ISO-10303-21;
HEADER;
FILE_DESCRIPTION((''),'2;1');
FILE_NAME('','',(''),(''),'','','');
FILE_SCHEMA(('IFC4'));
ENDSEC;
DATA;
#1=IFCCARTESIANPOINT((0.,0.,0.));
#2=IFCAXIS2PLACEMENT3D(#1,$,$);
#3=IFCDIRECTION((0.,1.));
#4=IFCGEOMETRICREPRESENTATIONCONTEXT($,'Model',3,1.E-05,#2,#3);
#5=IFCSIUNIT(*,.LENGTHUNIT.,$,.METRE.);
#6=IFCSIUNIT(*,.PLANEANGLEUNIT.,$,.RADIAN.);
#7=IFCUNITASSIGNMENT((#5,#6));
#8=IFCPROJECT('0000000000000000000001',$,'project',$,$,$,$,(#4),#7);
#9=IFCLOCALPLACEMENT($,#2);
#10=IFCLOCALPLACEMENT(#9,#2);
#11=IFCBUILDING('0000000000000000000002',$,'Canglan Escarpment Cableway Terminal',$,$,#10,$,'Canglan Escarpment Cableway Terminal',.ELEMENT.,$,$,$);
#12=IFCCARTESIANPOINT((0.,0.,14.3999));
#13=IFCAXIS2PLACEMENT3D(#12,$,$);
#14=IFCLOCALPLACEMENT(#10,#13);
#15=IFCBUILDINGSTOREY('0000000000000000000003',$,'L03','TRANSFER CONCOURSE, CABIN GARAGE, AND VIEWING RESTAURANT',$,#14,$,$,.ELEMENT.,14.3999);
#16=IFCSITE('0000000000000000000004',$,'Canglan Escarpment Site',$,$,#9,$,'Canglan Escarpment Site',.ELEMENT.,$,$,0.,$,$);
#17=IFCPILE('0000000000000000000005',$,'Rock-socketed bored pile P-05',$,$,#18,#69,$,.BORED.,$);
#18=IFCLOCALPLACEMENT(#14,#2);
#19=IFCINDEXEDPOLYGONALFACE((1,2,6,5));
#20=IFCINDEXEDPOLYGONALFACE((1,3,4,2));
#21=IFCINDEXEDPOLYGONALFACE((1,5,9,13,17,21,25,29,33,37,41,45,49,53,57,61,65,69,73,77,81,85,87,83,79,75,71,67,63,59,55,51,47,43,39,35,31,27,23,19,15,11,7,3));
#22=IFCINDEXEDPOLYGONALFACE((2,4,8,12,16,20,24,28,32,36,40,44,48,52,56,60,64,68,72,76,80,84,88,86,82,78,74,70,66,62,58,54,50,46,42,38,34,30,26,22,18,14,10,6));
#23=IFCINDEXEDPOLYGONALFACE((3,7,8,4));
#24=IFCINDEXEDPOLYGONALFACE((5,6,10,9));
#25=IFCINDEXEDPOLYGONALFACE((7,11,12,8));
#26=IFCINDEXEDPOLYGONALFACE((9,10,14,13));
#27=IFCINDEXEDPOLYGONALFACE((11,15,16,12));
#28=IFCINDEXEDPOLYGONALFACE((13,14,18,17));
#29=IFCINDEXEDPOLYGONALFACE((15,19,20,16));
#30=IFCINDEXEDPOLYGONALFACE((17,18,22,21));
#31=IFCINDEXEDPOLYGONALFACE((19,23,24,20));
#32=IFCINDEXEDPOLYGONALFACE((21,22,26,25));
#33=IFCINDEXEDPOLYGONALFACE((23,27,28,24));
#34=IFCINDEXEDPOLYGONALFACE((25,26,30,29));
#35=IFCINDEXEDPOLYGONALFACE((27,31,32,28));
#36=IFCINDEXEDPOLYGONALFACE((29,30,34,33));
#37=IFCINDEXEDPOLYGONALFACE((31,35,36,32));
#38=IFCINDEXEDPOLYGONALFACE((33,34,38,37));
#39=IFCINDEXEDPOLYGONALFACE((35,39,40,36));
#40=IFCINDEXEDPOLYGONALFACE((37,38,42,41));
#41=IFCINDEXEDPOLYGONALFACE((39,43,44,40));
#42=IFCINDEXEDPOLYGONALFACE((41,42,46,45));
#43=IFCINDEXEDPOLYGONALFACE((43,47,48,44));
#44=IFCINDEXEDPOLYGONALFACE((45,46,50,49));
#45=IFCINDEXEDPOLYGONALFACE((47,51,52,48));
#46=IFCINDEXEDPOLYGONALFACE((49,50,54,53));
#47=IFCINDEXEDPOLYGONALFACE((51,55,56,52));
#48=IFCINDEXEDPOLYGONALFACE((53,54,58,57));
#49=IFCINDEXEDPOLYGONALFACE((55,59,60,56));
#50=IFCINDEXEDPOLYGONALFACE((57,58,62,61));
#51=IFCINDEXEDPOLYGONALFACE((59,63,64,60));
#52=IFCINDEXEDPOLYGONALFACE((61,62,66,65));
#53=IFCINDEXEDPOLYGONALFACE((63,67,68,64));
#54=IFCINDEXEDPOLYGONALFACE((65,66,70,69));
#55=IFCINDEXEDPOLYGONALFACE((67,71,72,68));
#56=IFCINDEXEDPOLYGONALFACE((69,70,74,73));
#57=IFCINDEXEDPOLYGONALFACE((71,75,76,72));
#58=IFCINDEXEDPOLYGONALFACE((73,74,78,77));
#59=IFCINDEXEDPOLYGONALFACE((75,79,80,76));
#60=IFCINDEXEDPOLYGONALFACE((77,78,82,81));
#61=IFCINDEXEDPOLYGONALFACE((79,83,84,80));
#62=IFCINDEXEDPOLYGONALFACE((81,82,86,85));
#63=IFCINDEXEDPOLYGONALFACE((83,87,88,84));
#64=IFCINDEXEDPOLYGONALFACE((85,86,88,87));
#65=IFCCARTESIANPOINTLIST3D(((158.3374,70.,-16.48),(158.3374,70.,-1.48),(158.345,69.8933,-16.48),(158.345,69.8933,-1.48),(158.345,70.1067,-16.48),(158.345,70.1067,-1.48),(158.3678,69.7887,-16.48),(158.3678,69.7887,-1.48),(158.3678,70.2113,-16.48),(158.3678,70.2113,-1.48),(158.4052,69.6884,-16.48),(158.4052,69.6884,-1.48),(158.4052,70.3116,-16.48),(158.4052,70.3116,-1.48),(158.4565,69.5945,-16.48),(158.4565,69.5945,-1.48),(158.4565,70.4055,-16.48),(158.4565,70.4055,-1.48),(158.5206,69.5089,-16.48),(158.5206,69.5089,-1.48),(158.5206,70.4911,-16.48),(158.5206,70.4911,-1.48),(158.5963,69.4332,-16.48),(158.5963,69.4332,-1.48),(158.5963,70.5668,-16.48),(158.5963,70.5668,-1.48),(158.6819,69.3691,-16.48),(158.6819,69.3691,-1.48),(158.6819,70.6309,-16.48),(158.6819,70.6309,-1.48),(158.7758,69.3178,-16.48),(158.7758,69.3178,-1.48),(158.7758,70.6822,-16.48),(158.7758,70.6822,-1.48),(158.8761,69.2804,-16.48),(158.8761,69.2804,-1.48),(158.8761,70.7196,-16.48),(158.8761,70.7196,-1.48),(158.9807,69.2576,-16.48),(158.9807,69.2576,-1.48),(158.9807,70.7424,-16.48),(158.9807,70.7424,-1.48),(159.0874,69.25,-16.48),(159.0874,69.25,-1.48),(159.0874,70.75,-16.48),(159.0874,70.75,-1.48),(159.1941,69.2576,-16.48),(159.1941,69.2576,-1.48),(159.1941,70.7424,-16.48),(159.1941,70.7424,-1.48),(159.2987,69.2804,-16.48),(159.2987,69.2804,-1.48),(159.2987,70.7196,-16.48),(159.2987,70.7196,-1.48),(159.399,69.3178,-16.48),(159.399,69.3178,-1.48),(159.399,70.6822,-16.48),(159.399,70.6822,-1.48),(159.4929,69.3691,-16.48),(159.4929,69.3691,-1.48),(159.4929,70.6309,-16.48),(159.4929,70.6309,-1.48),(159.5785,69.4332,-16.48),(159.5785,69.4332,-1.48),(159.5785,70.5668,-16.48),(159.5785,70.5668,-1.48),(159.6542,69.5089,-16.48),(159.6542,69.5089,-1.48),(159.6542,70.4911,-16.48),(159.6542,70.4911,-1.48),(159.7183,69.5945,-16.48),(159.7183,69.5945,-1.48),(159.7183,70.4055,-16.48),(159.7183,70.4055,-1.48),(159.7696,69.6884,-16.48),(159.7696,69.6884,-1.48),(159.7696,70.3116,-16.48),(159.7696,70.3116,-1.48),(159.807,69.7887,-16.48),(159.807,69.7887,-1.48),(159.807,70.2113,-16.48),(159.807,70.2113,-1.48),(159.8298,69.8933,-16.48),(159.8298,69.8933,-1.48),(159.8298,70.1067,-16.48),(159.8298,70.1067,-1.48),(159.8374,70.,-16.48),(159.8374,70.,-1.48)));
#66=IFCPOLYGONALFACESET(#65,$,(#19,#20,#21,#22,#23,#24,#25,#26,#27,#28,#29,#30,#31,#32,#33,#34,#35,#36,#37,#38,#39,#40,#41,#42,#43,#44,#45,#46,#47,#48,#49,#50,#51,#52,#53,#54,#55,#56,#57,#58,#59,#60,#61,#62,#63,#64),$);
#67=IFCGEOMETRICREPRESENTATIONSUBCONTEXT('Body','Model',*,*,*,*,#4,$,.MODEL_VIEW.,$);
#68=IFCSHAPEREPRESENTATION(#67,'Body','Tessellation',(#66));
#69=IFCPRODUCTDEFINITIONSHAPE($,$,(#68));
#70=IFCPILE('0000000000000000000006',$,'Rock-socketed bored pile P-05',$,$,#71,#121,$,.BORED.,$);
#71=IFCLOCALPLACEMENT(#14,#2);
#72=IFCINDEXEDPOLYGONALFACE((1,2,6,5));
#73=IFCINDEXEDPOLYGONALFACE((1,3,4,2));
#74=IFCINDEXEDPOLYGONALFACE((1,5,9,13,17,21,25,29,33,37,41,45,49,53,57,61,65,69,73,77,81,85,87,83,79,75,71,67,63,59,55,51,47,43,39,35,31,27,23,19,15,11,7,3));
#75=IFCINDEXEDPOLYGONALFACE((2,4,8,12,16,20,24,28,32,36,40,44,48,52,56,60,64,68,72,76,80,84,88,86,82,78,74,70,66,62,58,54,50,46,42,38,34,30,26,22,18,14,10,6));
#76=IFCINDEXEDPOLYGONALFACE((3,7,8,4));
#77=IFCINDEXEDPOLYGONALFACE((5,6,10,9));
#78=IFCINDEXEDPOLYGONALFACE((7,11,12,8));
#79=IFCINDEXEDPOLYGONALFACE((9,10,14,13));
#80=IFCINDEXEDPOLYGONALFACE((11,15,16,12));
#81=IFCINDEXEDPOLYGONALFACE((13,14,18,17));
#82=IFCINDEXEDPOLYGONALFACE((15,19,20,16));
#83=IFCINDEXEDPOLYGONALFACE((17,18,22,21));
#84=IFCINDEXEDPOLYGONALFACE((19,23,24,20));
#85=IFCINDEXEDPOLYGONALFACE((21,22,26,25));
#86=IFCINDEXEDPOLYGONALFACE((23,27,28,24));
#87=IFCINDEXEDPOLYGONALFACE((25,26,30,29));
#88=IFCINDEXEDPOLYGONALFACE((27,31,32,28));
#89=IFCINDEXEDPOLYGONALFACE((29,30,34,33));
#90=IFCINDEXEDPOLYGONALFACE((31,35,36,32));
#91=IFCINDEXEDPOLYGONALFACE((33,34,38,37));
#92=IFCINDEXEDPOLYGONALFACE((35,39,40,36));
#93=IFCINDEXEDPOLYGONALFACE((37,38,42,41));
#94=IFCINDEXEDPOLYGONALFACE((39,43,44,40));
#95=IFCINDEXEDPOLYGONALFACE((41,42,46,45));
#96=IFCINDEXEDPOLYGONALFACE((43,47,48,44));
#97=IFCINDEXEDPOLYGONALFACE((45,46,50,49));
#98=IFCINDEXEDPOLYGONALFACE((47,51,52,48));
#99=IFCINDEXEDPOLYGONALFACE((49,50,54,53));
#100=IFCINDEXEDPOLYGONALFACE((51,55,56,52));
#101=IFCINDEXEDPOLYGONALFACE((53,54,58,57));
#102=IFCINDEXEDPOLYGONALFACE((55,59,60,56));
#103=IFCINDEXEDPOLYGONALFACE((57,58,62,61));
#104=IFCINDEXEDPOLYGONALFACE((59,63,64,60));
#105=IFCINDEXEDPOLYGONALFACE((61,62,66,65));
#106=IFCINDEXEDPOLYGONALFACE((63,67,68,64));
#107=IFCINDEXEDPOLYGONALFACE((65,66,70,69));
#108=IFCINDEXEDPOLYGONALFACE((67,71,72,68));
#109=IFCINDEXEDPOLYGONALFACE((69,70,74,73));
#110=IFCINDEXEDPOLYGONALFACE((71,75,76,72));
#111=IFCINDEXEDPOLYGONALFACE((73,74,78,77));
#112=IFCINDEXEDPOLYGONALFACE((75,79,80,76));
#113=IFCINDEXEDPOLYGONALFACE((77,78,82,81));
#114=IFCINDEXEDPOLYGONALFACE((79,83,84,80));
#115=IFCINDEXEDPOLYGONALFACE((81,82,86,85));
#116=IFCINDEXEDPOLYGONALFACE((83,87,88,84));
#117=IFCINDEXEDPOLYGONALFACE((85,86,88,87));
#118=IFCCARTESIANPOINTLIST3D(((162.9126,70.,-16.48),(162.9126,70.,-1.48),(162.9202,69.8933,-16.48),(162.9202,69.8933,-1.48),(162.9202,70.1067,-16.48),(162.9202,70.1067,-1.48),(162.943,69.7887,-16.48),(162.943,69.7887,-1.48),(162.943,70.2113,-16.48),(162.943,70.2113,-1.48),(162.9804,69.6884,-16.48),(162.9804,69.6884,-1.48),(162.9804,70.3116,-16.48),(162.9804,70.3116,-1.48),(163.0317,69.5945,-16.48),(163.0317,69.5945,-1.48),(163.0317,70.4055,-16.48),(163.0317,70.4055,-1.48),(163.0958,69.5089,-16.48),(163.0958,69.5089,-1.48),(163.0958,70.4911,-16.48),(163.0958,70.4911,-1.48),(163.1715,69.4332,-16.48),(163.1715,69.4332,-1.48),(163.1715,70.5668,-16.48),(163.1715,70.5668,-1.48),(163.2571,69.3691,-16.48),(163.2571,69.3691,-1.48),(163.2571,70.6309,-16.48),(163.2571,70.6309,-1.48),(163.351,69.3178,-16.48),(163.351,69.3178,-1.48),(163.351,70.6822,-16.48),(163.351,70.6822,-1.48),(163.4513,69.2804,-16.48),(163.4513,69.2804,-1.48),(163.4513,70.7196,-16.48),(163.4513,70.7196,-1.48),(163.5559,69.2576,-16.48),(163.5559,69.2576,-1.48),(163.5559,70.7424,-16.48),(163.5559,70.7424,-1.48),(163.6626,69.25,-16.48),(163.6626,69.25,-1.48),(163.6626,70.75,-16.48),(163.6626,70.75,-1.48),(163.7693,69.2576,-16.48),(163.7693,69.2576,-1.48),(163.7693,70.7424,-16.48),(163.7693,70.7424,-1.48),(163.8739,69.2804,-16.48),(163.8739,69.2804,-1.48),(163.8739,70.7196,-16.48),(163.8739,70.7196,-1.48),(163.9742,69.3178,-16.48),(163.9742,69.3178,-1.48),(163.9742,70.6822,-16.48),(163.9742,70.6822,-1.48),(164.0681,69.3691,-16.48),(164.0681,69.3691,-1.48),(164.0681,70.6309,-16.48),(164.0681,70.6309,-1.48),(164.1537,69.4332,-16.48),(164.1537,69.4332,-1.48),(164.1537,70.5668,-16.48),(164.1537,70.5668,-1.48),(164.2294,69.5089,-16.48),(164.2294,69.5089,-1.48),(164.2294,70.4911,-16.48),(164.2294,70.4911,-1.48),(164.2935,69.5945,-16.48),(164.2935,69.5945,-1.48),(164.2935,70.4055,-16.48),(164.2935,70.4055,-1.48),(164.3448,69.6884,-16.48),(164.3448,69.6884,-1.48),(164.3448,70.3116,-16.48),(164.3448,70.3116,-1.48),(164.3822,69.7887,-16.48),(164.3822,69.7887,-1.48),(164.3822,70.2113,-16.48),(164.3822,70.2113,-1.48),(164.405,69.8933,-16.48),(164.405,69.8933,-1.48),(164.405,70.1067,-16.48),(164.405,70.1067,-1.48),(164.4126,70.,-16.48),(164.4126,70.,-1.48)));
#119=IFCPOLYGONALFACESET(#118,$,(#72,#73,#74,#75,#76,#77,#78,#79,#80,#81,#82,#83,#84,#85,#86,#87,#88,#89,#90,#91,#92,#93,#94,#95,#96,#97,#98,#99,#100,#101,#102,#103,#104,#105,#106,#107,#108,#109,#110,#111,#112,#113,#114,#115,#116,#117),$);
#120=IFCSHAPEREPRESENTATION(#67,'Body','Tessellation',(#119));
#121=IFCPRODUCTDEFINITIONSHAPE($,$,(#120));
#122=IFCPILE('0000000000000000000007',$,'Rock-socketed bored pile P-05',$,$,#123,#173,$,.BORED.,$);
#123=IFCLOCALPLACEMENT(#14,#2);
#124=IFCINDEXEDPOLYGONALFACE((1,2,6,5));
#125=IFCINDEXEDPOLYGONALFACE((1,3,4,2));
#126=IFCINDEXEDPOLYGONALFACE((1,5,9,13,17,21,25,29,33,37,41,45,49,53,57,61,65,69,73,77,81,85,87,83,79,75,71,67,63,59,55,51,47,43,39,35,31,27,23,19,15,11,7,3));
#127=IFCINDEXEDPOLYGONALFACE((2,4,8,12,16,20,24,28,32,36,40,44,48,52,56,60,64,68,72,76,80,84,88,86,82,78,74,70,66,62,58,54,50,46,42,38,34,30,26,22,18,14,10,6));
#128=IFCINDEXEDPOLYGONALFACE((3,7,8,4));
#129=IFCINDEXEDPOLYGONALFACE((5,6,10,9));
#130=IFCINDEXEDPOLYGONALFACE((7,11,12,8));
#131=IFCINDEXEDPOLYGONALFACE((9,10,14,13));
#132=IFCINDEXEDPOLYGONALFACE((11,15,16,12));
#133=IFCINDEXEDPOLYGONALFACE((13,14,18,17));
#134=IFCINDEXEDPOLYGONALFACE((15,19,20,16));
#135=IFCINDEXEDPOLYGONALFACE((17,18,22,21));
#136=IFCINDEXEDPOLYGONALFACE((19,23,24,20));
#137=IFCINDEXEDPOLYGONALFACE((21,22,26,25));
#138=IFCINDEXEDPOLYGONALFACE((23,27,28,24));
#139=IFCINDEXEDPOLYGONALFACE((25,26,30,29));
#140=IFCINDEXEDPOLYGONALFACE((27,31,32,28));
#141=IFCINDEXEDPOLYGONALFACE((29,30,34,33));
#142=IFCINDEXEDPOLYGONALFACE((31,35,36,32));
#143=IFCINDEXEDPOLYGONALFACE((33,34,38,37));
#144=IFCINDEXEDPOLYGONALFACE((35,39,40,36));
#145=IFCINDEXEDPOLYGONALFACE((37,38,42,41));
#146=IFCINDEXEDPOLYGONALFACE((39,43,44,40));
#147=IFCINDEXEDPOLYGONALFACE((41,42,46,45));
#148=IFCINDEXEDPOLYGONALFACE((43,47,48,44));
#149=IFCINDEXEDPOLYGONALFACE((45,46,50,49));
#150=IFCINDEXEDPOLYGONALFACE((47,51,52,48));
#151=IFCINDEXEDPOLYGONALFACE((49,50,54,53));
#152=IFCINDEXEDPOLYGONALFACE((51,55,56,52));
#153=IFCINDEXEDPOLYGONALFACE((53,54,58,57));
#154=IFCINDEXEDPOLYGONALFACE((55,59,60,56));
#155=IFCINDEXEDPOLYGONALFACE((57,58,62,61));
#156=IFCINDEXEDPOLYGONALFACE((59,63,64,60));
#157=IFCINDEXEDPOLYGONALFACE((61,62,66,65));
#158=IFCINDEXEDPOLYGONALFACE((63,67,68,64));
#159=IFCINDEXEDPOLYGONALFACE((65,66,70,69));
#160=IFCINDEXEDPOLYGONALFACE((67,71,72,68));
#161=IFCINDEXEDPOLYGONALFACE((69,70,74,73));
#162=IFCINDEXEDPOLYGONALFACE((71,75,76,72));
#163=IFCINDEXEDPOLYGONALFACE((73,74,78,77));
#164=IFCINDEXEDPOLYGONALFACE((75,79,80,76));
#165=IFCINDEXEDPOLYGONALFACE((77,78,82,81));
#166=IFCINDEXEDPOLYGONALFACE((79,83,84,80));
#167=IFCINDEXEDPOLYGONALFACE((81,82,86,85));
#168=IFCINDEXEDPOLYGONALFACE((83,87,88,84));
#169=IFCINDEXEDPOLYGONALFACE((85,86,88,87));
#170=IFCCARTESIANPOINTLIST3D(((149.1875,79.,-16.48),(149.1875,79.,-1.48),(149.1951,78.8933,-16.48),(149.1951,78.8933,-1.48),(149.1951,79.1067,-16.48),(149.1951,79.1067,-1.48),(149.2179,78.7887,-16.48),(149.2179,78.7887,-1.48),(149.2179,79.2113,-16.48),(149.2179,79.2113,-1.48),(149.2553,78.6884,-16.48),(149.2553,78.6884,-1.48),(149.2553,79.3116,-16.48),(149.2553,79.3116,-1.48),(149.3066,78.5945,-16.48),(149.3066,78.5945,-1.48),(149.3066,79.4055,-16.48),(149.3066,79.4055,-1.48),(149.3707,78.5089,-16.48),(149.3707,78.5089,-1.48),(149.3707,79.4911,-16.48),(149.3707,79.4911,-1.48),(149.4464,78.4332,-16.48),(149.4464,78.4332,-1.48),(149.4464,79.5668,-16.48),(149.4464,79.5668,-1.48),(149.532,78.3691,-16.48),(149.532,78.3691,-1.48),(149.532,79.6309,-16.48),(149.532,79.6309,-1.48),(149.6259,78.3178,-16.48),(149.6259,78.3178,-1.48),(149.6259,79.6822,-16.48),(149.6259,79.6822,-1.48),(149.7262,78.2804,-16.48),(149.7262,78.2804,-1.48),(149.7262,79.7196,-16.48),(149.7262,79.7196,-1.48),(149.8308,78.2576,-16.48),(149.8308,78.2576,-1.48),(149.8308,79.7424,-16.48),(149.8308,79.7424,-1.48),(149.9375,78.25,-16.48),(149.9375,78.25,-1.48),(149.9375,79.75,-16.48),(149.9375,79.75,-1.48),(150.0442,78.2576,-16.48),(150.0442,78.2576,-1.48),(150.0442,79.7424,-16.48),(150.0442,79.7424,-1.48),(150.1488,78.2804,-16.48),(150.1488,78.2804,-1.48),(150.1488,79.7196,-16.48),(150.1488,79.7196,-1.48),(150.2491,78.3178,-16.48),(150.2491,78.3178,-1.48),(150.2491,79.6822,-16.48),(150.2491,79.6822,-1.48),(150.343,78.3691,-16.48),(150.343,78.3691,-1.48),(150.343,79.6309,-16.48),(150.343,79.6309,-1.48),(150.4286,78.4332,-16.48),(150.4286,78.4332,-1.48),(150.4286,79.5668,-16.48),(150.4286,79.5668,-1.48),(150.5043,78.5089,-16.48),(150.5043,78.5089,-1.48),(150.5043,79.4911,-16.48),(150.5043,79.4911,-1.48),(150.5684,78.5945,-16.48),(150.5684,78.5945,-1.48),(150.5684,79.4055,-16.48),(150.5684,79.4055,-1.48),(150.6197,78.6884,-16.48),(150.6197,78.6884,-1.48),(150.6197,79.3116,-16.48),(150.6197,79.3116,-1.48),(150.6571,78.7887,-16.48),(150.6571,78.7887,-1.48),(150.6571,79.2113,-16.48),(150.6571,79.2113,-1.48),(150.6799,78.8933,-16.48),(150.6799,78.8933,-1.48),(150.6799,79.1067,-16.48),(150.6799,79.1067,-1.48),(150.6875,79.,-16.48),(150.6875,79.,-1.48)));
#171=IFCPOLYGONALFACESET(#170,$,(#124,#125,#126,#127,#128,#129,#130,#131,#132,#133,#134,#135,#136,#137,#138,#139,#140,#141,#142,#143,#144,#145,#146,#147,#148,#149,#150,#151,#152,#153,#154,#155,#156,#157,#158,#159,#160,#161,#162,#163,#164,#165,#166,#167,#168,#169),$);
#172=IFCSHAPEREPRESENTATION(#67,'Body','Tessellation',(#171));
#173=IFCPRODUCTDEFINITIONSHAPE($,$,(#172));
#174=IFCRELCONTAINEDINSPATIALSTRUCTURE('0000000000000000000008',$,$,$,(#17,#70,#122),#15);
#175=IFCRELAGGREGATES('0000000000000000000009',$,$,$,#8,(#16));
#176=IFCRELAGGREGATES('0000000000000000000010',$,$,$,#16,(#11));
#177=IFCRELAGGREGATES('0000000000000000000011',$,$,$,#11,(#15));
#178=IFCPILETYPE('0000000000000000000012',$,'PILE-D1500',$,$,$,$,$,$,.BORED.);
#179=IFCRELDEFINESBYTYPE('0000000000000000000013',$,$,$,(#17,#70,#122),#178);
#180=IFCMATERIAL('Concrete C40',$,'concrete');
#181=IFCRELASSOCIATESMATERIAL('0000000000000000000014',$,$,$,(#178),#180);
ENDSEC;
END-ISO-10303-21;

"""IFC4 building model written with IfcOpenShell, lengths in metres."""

from ifc_helpers import new_model, si_unit, direction, frame, origin, origin_2d, place, context, subcontext, project, spatial, circle, extrude, material, material_profile, profile_set, type_object, element, save


model = new_model("IFC4")

# Units and contexts
model_context = context("Model", 3, precision=1e-05, world=origin(), true_north=direction((0.0, 1.0)))
body_context = subcontext(model_context, "Body", "Model", "MODEL_VIEW")
ifc_project = project(units=[si_unit("LENGTHUNIT", "METRE"), si_unit("PLANEANGLEUNIT", "RADIAN")], contexts=[model_context])

# Site, building, storey
site_placement = place(None, origin())
site = spatial("IfcSite", under=ifc_project, at=site_placement, Name="Canglan Escarpment Site", LongName="Canglan Escarpment Site", CompositionType="ELEMENT", RefElevation=0.0)
building_placement = place(site_placement, origin())
building = spatial("IfcBuilding", under=site, at=building_placement, Name="Canglan Escarpment Cableway Terminal", LongName="Canglan Escarpment Cableway Terminal", CompositionType="ELEMENT")
storey_placement = place(building_placement, frame((0.0, 0.0, 14.3999)))
storey = spatial("IfcBuildingStorey", under=building, at=storey_placement, Name="L03", Description="TRANSFER CONCOURSE, CABIN GARAGE, AND VIEWING RESTAURANT", CompositionType="ELEMENT", Elevation=14.3999)

# Shared definitions
ifc_material_1 = material(Name="Concrete C40", Category="concrete")

# Piles
ifc_material_profile_1 = material_profile(ifc_material_1, circle(Radius=0.75, at=origin_2d()), Name="BORED PILE D1500")
ifc_profile_set_1 = profile_set([ifc_material_profile_1], Name="Concrete C40")
pile_type = type_object("IfcPileType", Name="PILE-D1500", PredefinedType="BORED", material=ifc_profile_set_1)
for number, where, z_axis, x_axis, name in (
    (1, (159.0874, 70.0, -1.48), (0.0, 0.0, -1.0), (1.0, 0.0, 0.0), "Rock-socketed bored pile P-05"),
    (2, (163.6626, 70.0, -1.48), (0.0, 0.0, -1.0), (1.0, 0.0, 0.0), "Rock-socketed bored pile P-05"),
    (3, (149.9375, 79.0, -1.48), (0.0, 0.0, -1.0), (1.0, 0.0, 0.0), "Rock-socketed bored pile P-05"),
):
    element("IfcPile", number, at=place(storey_placement, frame(where, z_axis=z_axis, x_axis=x_axis)), inside=storey, type_object=pile_type, Name=name, PredefinedType="BORED", context=body_context, shape_type="SweptSolid", body=[
        extrude(circle(Radius=0.75, at=origin_2d()), origin(), (0.0, 0.0, 1.0), 15.0),
    ])

save(model, "model.ifc")
